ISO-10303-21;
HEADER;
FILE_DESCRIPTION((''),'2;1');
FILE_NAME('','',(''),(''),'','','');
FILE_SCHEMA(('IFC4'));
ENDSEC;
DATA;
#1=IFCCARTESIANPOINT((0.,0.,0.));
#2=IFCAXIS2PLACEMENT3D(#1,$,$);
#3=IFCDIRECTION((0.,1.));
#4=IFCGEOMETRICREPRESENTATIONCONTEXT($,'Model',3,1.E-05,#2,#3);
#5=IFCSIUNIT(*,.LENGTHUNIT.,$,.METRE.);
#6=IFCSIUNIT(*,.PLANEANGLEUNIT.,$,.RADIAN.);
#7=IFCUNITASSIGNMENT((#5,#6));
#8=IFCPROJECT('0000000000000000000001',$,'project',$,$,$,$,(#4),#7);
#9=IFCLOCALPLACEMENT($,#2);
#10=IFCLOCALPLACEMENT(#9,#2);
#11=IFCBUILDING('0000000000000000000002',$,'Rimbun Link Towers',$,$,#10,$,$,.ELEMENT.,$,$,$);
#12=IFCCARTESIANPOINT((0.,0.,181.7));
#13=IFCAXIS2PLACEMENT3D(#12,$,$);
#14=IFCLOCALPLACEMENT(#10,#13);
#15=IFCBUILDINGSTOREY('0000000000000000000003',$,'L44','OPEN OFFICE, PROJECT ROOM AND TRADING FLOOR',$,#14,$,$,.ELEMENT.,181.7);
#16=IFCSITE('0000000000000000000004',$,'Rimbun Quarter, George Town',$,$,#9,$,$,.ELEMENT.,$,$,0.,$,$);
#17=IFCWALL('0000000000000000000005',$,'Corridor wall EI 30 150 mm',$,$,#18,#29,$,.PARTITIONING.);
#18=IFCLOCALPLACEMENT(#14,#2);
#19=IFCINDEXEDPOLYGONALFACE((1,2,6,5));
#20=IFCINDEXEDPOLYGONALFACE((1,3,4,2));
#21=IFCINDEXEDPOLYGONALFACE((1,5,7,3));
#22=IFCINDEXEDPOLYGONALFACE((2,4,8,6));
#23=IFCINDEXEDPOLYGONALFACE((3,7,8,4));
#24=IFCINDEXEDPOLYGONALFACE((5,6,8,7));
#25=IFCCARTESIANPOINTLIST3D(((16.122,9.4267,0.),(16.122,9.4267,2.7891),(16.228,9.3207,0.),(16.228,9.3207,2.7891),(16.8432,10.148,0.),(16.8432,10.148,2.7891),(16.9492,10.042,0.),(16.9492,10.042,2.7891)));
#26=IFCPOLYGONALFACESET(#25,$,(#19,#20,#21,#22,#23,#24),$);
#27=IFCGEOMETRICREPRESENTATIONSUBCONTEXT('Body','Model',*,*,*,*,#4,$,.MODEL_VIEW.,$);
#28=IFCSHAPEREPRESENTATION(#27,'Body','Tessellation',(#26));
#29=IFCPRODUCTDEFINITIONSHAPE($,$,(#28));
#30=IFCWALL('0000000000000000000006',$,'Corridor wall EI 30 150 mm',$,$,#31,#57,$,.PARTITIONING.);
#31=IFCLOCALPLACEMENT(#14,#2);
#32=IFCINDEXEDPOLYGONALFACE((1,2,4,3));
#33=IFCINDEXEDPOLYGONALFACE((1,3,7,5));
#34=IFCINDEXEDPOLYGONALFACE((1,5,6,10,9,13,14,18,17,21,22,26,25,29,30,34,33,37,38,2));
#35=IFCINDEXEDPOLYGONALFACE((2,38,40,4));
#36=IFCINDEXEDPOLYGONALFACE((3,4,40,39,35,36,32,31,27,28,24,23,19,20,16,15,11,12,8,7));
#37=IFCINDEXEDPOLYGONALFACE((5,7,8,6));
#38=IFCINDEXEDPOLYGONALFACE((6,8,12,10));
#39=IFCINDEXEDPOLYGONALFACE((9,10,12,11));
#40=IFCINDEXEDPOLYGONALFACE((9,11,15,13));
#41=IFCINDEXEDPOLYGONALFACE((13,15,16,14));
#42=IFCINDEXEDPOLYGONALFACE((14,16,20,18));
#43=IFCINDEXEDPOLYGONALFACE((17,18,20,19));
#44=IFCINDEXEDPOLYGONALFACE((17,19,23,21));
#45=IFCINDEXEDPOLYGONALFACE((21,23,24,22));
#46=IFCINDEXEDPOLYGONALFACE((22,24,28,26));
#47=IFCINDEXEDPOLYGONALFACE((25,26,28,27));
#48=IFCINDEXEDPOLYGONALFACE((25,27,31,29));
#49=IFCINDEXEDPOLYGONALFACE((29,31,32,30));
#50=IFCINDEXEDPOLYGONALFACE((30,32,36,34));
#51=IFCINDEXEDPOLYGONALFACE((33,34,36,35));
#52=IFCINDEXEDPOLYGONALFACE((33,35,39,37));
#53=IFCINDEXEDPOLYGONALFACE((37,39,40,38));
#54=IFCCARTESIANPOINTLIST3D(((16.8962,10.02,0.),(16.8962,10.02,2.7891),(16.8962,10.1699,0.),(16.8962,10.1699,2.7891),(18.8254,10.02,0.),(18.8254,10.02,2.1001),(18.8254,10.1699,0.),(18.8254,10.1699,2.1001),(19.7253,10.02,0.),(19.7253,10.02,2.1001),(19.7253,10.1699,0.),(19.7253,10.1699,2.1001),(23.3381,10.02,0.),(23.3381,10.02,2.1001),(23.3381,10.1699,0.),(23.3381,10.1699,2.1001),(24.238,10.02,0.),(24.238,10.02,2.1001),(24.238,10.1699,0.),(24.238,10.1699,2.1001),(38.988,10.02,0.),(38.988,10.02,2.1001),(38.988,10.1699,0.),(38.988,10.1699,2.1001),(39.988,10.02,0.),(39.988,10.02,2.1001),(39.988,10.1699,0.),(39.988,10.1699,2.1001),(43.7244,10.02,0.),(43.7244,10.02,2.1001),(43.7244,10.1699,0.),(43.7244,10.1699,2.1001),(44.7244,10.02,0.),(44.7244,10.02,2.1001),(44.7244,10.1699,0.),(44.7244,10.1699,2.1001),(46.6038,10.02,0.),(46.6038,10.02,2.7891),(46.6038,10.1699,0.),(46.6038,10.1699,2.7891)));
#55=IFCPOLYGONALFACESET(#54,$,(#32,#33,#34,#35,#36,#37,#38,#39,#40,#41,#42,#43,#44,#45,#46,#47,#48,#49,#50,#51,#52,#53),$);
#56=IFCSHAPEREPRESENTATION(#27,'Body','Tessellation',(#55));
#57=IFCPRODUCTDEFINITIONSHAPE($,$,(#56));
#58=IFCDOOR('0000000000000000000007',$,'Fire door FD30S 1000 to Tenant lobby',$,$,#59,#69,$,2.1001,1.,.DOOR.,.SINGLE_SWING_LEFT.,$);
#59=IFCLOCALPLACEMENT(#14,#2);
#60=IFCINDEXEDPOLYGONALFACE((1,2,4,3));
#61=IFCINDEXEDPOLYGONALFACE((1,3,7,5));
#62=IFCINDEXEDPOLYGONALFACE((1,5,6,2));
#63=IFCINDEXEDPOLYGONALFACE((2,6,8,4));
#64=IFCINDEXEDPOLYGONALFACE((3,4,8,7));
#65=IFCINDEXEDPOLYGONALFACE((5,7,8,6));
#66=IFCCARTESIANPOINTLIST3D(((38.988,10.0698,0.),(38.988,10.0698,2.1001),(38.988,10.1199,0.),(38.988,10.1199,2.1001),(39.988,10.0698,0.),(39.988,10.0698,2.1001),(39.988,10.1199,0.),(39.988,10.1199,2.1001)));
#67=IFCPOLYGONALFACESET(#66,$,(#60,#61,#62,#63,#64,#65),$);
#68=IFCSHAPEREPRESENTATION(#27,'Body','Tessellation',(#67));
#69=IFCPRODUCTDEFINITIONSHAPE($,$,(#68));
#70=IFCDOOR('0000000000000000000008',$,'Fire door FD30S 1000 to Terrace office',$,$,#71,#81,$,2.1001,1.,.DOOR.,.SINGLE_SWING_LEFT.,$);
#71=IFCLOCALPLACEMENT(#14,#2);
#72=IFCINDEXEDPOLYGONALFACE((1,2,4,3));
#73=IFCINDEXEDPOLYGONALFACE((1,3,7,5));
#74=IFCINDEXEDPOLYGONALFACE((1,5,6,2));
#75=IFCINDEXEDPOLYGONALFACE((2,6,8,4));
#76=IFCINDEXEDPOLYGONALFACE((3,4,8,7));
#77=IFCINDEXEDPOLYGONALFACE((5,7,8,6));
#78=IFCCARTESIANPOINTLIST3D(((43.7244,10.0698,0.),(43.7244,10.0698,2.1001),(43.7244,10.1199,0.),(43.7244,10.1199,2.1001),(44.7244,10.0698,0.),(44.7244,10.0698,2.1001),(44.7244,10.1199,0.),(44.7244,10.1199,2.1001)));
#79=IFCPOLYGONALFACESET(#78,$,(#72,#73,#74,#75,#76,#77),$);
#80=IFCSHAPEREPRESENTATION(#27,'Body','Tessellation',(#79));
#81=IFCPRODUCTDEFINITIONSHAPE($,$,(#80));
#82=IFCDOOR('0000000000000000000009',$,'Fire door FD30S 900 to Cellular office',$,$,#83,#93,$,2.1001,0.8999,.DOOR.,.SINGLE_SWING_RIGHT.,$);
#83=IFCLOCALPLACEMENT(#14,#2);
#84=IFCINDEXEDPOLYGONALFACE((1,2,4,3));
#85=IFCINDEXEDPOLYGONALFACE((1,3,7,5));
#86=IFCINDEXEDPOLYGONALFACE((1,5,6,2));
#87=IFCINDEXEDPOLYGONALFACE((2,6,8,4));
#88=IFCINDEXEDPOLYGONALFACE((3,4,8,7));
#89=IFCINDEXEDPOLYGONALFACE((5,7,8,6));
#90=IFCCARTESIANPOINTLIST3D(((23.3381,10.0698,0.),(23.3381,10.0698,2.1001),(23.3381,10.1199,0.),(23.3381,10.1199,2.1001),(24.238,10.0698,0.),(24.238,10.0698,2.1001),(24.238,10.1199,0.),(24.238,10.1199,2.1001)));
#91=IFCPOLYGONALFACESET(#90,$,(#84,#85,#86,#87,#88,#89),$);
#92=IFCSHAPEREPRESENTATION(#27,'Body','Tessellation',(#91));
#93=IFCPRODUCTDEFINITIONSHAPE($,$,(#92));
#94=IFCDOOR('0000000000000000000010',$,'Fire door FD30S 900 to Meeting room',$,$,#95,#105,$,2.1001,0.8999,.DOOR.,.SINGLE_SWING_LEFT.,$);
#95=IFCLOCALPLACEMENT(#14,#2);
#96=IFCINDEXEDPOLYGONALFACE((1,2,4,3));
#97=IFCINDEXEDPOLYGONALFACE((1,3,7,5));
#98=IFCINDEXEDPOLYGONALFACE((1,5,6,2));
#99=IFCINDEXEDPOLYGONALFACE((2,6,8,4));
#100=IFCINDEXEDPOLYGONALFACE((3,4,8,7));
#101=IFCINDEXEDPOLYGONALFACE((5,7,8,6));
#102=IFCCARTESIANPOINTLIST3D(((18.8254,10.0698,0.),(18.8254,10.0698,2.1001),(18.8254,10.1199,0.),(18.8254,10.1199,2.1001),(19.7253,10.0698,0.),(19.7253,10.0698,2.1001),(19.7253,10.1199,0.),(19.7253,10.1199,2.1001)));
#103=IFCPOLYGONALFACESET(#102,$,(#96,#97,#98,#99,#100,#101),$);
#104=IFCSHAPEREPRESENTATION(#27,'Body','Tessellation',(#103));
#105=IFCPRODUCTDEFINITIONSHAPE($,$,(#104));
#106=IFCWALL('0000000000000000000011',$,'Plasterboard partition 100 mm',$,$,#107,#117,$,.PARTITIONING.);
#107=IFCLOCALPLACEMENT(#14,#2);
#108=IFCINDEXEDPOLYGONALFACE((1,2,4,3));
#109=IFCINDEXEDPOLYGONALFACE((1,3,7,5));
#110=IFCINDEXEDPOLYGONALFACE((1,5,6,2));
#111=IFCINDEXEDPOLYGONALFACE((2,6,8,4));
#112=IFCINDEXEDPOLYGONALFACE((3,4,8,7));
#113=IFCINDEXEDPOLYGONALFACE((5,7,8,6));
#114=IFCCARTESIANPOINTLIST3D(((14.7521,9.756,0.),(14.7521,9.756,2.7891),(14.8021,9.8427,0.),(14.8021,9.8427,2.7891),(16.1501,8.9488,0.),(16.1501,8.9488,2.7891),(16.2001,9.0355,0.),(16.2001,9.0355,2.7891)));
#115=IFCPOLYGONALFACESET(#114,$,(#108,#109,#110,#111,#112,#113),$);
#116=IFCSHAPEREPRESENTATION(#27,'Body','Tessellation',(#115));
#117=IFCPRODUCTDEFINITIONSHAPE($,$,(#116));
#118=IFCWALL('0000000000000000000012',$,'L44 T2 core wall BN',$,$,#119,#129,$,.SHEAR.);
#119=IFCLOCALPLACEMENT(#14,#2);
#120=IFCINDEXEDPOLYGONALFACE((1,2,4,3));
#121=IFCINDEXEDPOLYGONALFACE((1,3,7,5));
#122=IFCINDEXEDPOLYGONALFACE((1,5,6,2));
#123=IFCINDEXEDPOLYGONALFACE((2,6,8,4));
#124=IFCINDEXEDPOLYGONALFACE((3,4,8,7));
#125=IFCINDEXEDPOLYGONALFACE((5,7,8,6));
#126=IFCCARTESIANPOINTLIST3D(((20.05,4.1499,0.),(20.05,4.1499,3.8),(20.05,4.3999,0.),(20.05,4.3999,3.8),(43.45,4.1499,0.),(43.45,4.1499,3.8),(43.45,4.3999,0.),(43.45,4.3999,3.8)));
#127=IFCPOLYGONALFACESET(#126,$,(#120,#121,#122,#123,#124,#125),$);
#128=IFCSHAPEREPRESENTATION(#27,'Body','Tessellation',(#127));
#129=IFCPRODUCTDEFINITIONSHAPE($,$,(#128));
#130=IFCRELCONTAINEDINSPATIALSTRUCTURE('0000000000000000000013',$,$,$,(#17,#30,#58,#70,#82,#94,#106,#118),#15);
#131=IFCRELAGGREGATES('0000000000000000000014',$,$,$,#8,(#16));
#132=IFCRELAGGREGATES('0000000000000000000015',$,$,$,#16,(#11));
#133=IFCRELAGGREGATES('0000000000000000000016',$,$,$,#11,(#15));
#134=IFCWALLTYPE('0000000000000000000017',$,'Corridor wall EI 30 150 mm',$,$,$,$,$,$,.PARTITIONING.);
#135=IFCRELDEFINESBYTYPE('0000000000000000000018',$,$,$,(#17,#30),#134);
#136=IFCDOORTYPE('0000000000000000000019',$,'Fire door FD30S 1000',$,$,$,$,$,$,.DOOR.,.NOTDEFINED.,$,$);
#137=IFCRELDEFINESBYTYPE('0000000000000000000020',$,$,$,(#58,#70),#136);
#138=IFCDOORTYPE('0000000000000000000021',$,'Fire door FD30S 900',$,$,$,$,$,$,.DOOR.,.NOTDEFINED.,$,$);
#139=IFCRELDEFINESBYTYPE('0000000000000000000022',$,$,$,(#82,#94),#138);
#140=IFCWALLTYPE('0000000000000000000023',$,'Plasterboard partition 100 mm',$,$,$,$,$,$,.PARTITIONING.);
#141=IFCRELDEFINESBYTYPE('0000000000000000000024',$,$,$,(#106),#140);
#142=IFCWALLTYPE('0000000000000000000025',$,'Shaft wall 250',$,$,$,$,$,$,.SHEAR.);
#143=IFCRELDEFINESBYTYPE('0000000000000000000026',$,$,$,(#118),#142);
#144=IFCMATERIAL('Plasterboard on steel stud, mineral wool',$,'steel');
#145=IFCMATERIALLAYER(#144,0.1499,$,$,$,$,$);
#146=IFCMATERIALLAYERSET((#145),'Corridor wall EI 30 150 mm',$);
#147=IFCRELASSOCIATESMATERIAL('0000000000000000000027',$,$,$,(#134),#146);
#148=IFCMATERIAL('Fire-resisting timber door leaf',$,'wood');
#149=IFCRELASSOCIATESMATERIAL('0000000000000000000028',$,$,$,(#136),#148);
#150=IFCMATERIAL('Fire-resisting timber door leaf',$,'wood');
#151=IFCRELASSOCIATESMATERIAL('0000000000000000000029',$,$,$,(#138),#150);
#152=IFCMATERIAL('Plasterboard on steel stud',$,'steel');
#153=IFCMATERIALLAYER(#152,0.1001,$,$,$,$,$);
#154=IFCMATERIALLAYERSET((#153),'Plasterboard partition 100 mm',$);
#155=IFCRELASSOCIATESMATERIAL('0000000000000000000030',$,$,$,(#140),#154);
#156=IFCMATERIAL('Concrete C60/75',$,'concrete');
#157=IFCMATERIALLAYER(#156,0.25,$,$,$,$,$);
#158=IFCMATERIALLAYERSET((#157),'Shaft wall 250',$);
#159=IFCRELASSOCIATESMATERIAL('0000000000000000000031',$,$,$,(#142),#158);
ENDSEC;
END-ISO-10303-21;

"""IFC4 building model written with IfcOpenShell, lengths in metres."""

from ifc_helpers import new_model, si_unit, direction, frame, frame_2d, origin, place, context, subcontext, project, spatial, rectangle, extrude, material, layer, layer_set, type_object, element, fill, save


model = new_model("IFC4")

# Units and contexts
model_context = context("Model", 3, precision=1e-05, world=origin(), true_north=direction((0.0, 1.0)))
body_context = subcontext(model_context, "Body", "Model", "MODEL_VIEW")
ifc_project = project(units=[si_unit("LENGTHUNIT", "METRE"), si_unit("PLANEANGLEUNIT", "RADIAN")], contexts=[model_context])

# Site, building, storey
site_placement = place(None, origin())
site = spatial("IfcSite", under=ifc_project, at=site_placement, Name="Rimbun Quarter, George Town", CompositionType="ELEMENT", RefElevation=0.0)
building_placement = place(site_placement, origin())
building = spatial("IfcBuilding", under=site, at=building_placement, Name="Rimbun Link Towers", CompositionType="ELEMENT")
storey_placement = place(building_placement, frame((0.0, 0.0, 181.7)))
storey = spatial("IfcBuildingStorey", under=building, at=storey_placement, Name="L44", Description="OPEN OFFICE, PROJECT ROOM AND TRADING FLOOR", CompositionType="ELEMENT", Elevation=181.7)

# Wall
ifc_material_1 = material(Name="Plasterboard on steel stud, mineral wool", Category="steel")
ifc_layer_1 = layer(ifc_material_1, 0.1499)
ifc_layer_set_1 = layer_set([ifc_layer_1], Name="Corridor wall EI 30 150 mm")
wall_type_1 = type_object("IfcWallType", Name="Corridor wall EI 30 150 mm", PredefinedType="PARTITIONING", material=ifc_layer_set_1)
wall_1_placement = place(storey_placement, frame((16.8962, 10.095, 0.0), z_axis=(0.0, 0.0, 1.0), x_axis=(-0.707107, -0.707107, 0.0)))
element("IfcWall", 1, at=wall_1_placement, inside=storey, type_object=wall_type_1, Name="Corridor wall EI 30 150 mm", PredefinedType="PARTITIONING", context=body_context, shape_type="SweptSolid", body=[
    extrude(rectangle(XDim=1.02, YDim=0.1499, at=frame_2d((0.51, 0.0))), origin(), (0.0, 0.0, 1.0), 2.7891),
])

# Wall, openings, doors
wall_2_placement = place(storey_placement, frame((16.8962, 10.095, 0.0), z_axis=(0.0, 0.0, 1.0), x_axis=(1.0, 0.0, 0.0)))
wall_2 = element("IfcWall", 2, at=wall_2_placement, inside=storey, type_object=wall_type_1, Name="Corridor wall EI 30 150 mm", PredefinedType="PARTITIONING", context=body_context, shape_type="SweptSolid", body=[
    extrude(rectangle(XDim=29.7075, YDim=0.1499, at=frame_2d((14.8538, 0.0))), origin(), (0.0, 0.0, 1.0), 2.7891),
])
opening_1_placement = place(wall_2_placement, frame((22.0918, 0.0, 0.0)))
opening_1 = element("IfcOpeningElement", 3, at=opening_1_placement, cuts=wall_2, PredefinedType="OPENING", context=body_context, shape_type="SweptSolid", body=[
    extrude(rectangle(XDim=1.0, YDim=2.1001, at=frame_2d((0.5, 1.05))), frame((0.0, 0.085, 0.0), z_axis=(0.0, -1.0, 0.0), x_axis=(1.0, 0.0, 0.0)), (0.0, 0.0, 1.0), 0.1699),
])
opening_2_placement = place(wall_2_placement, frame((6.4419, 0.0, 0.0)))
opening_2 = element("IfcOpeningElement", 4, at=opening_2_placement, cuts=wall_2, PredefinedType="OPENING", context=body_context, shape_type="SweptSolid", body=[
    extrude(rectangle(XDim=0.8999, YDim=2.1001, at=frame_2d((0.45, 1.05))), frame((0.0, 0.085, 0.0), z_axis=(0.0, -1.0, 0.0), x_axis=(1.0, 0.0, 0.0)), (0.0, 0.0, 1.0), 0.1699),
])
opening_3_placement = place(wall_2_placement, frame((1.9292, 0.0, 0.0)))
opening_3 = element("IfcOpeningElement", 5, at=opening_3_placement, cuts=wall_2, PredefinedType="OPENING", context=body_context, shape_type="SweptSolid", body=[
    extrude(rectangle(XDim=0.8999, YDim=2.1001, at=frame_2d((0.45, 1.05))), frame((0.0, 0.085, 0.0), z_axis=(0.0, -1.0, 0.0), x_axis=(1.0, 0.0, 0.0)), (0.0, 0.0, 1.0), 0.1699),
])
opening_4_placement = place(wall_2_placement, frame((26.8281, 0.0, 0.0)))
opening_4 = element("IfcOpeningElement", 6, at=opening_4_placement, cuts=wall_2, PredefinedType="OPENING", context=body_context, shape_type="SweptSolid", body=[
    extrude(rectangle(XDim=1.0, YDim=2.1001, at=frame_2d((0.5, 1.05))), frame((0.0, 0.085, 0.0), z_axis=(0.0, -1.0, 0.0), x_axis=(1.0, 0.0, 0.0)), (0.0, 0.0, 1.0), 0.1699),
])
ifc_material_2 = material(Name="Fire-resisting timber door leaf", Category="wood")
door_type_1 = type_object("IfcDoorType", Name="Fire door FD30S 1000", OperationType="NOTDEFINED", PredefinedType="DOOR", material=ifc_material_2)
door_1_placement = place(opening_1_placement, origin())
door_1 = element("IfcDoor", 7, at=door_1_placement, inside=storey, type_object=door_type_1, Name="Fire door FD30S 1000 to Tenant lobby", OperationType="SINGLE_SWING_LEFT", OverallHeight=2.1001, OverallWidth=1.0, PredefinedType="DOOR", context=body_context, shape_type="SweptSolid", body=[
    extrude(rectangle(XDim=1.0, YDim=2.1001, at=frame_2d((0.5, 1.05))), frame((0.0, 0.0249, 0.0), z_axis=(0.0, -1.0, 0.0), x_axis=(1.0, 0.0, 0.0)), (0.0, 0.0, 1.0), 0.05),
])
fill(opening_1, door_1)
door_2_placement = place(opening_4_placement, origin())
door_2 = element("IfcDoor", 8, at=door_2_placement, inside=storey, type_object=door_type_1, Name="Fire door FD30S 1000 to Terrace office", OperationType="SINGLE_SWING_LEFT", OverallHeight=2.1001, OverallWidth=1.0, PredefinedType="DOOR", context=body_context, shape_type="SweptSolid", body=[
    extrude(rectangle(XDim=1.0, YDim=2.1001, at=frame_2d((0.5, 1.05))), frame((0.0, 0.0249, 0.0), z_axis=(0.0, -1.0, 0.0), x_axis=(1.0, 0.0, 0.0)), (0.0, 0.0, 1.0), 0.05),
])
fill(opening_4, door_2)
ifc_material_3 = material(Name="Fire-resisting timber door leaf", Category="wood")
door_type_2 = type_object("IfcDoorType", Name="Fire door FD30S 900", OperationType="NOTDEFINED", PredefinedType="DOOR", material=ifc_material_3)
door_3_placement = place(opening_2_placement, origin())
door_3 = element("IfcDoor", 9, at=door_3_placement, inside=storey, type_object=door_type_2, Name="Fire door FD30S 900 to Cellular office", OperationType="SINGLE_SWING_RIGHT", OverallHeight=2.1001, OverallWidth=0.8999, PredefinedType="DOOR", context=body_context, shape_type="SweptSolid", body=[
    extrude(rectangle(XDim=0.8999, YDim=2.1001, at=frame_2d((0.45, 1.05))), frame((0.0, 0.0249, 0.0), z_axis=(0.0, -1.0, 0.0), x_axis=(1.0, 0.0, 0.0)), (0.0, 0.0, 1.0), 0.05),
])
fill(opening_2, door_3)
door_4_placement = place(opening_3_placement, origin())
door_4 = element("IfcDoor", 10, at=door_4_placement, inside=storey, type_object=door_type_2, Name="Fire door FD30S 900 to Meeting room", OperationType="SINGLE_SWING_LEFT", OverallHeight=2.1001, OverallWidth=0.8999, PredefinedType="DOOR", context=body_context, shape_type="SweptSolid", body=[
    extrude(rectangle(XDim=0.8999, YDim=2.1001, at=frame_2d((0.45, 1.05))), frame((0.0, 0.0249, 0.0), z_axis=(0.0, -1.0, 0.0), x_axis=(1.0, 0.0, 0.0)), (0.0, 0.0, 1.0), 0.05),
])
fill(opening_3, door_4)

# Walls
ifc_material_4 = material(Name="Plasterboard on steel stud", Category="steel")
ifc_layer_2 = layer(ifc_material_4, 0.1001)
ifc_layer_set_2 = layer_set([ifc_layer_2], Name="Plasterboard partition 100 mm")
wall_type_2 = type_object("IfcWallType", Name="Plasterboard partition 100 mm", PredefinedType="PARTITIONING", material=ifc_layer_set_2)
wall_3_placement = place(storey_placement, frame((14.7771, 9.7993, 0.0), z_axis=(0.0, 0.0, 1.0), x_axis=(0.866019, -0.50001, 0.0)))
element("IfcWall", 11, at=wall_3_placement, inside=storey, type_object=wall_type_2, Name="Plasterboard partition 100 mm", PredefinedType="PARTITIONING", context=body_context, shape_type="SweptSolid", body=[
    extrude(rectangle(XDim=1.6143, YDim=0.1001, at=frame_2d((0.8071, 0.0))), origin(), (0.0, 0.0, 1.0), 2.7891),
])
ifc_material_5 = material(Name="Concrete C60/75", Category="concrete")
ifc_layer_3 = layer(ifc_material_5, 0.25)
ifc_layer_set_3 = layer_set([ifc_layer_3], Name="Shaft wall 250")
wall_type_3 = type_object("IfcWallType", Name="Shaft wall 250", PredefinedType="SHEAR", material=ifc_layer_set_3)
wall_4_placement = place(storey_placement, frame((20.05, 4.2749, 0.0), z_axis=(0.0, 0.0, 1.0), x_axis=(1.0, 0.0, 0.0)))
element("IfcWall", 12, at=wall_4_placement, inside=storey, type_object=wall_type_3, Name="L44 T2 core wall BN", PredefinedType="SHEAR", context=body_context, shape_type="SweptSolid", body=[
    extrude(rectangle(XDim=23.3999, YDim=0.25, at=frame_2d((11.7, 0.0))), origin(), (0.0, 0.0, 1.0), 3.8),
])

save(model, "model.ifc")
